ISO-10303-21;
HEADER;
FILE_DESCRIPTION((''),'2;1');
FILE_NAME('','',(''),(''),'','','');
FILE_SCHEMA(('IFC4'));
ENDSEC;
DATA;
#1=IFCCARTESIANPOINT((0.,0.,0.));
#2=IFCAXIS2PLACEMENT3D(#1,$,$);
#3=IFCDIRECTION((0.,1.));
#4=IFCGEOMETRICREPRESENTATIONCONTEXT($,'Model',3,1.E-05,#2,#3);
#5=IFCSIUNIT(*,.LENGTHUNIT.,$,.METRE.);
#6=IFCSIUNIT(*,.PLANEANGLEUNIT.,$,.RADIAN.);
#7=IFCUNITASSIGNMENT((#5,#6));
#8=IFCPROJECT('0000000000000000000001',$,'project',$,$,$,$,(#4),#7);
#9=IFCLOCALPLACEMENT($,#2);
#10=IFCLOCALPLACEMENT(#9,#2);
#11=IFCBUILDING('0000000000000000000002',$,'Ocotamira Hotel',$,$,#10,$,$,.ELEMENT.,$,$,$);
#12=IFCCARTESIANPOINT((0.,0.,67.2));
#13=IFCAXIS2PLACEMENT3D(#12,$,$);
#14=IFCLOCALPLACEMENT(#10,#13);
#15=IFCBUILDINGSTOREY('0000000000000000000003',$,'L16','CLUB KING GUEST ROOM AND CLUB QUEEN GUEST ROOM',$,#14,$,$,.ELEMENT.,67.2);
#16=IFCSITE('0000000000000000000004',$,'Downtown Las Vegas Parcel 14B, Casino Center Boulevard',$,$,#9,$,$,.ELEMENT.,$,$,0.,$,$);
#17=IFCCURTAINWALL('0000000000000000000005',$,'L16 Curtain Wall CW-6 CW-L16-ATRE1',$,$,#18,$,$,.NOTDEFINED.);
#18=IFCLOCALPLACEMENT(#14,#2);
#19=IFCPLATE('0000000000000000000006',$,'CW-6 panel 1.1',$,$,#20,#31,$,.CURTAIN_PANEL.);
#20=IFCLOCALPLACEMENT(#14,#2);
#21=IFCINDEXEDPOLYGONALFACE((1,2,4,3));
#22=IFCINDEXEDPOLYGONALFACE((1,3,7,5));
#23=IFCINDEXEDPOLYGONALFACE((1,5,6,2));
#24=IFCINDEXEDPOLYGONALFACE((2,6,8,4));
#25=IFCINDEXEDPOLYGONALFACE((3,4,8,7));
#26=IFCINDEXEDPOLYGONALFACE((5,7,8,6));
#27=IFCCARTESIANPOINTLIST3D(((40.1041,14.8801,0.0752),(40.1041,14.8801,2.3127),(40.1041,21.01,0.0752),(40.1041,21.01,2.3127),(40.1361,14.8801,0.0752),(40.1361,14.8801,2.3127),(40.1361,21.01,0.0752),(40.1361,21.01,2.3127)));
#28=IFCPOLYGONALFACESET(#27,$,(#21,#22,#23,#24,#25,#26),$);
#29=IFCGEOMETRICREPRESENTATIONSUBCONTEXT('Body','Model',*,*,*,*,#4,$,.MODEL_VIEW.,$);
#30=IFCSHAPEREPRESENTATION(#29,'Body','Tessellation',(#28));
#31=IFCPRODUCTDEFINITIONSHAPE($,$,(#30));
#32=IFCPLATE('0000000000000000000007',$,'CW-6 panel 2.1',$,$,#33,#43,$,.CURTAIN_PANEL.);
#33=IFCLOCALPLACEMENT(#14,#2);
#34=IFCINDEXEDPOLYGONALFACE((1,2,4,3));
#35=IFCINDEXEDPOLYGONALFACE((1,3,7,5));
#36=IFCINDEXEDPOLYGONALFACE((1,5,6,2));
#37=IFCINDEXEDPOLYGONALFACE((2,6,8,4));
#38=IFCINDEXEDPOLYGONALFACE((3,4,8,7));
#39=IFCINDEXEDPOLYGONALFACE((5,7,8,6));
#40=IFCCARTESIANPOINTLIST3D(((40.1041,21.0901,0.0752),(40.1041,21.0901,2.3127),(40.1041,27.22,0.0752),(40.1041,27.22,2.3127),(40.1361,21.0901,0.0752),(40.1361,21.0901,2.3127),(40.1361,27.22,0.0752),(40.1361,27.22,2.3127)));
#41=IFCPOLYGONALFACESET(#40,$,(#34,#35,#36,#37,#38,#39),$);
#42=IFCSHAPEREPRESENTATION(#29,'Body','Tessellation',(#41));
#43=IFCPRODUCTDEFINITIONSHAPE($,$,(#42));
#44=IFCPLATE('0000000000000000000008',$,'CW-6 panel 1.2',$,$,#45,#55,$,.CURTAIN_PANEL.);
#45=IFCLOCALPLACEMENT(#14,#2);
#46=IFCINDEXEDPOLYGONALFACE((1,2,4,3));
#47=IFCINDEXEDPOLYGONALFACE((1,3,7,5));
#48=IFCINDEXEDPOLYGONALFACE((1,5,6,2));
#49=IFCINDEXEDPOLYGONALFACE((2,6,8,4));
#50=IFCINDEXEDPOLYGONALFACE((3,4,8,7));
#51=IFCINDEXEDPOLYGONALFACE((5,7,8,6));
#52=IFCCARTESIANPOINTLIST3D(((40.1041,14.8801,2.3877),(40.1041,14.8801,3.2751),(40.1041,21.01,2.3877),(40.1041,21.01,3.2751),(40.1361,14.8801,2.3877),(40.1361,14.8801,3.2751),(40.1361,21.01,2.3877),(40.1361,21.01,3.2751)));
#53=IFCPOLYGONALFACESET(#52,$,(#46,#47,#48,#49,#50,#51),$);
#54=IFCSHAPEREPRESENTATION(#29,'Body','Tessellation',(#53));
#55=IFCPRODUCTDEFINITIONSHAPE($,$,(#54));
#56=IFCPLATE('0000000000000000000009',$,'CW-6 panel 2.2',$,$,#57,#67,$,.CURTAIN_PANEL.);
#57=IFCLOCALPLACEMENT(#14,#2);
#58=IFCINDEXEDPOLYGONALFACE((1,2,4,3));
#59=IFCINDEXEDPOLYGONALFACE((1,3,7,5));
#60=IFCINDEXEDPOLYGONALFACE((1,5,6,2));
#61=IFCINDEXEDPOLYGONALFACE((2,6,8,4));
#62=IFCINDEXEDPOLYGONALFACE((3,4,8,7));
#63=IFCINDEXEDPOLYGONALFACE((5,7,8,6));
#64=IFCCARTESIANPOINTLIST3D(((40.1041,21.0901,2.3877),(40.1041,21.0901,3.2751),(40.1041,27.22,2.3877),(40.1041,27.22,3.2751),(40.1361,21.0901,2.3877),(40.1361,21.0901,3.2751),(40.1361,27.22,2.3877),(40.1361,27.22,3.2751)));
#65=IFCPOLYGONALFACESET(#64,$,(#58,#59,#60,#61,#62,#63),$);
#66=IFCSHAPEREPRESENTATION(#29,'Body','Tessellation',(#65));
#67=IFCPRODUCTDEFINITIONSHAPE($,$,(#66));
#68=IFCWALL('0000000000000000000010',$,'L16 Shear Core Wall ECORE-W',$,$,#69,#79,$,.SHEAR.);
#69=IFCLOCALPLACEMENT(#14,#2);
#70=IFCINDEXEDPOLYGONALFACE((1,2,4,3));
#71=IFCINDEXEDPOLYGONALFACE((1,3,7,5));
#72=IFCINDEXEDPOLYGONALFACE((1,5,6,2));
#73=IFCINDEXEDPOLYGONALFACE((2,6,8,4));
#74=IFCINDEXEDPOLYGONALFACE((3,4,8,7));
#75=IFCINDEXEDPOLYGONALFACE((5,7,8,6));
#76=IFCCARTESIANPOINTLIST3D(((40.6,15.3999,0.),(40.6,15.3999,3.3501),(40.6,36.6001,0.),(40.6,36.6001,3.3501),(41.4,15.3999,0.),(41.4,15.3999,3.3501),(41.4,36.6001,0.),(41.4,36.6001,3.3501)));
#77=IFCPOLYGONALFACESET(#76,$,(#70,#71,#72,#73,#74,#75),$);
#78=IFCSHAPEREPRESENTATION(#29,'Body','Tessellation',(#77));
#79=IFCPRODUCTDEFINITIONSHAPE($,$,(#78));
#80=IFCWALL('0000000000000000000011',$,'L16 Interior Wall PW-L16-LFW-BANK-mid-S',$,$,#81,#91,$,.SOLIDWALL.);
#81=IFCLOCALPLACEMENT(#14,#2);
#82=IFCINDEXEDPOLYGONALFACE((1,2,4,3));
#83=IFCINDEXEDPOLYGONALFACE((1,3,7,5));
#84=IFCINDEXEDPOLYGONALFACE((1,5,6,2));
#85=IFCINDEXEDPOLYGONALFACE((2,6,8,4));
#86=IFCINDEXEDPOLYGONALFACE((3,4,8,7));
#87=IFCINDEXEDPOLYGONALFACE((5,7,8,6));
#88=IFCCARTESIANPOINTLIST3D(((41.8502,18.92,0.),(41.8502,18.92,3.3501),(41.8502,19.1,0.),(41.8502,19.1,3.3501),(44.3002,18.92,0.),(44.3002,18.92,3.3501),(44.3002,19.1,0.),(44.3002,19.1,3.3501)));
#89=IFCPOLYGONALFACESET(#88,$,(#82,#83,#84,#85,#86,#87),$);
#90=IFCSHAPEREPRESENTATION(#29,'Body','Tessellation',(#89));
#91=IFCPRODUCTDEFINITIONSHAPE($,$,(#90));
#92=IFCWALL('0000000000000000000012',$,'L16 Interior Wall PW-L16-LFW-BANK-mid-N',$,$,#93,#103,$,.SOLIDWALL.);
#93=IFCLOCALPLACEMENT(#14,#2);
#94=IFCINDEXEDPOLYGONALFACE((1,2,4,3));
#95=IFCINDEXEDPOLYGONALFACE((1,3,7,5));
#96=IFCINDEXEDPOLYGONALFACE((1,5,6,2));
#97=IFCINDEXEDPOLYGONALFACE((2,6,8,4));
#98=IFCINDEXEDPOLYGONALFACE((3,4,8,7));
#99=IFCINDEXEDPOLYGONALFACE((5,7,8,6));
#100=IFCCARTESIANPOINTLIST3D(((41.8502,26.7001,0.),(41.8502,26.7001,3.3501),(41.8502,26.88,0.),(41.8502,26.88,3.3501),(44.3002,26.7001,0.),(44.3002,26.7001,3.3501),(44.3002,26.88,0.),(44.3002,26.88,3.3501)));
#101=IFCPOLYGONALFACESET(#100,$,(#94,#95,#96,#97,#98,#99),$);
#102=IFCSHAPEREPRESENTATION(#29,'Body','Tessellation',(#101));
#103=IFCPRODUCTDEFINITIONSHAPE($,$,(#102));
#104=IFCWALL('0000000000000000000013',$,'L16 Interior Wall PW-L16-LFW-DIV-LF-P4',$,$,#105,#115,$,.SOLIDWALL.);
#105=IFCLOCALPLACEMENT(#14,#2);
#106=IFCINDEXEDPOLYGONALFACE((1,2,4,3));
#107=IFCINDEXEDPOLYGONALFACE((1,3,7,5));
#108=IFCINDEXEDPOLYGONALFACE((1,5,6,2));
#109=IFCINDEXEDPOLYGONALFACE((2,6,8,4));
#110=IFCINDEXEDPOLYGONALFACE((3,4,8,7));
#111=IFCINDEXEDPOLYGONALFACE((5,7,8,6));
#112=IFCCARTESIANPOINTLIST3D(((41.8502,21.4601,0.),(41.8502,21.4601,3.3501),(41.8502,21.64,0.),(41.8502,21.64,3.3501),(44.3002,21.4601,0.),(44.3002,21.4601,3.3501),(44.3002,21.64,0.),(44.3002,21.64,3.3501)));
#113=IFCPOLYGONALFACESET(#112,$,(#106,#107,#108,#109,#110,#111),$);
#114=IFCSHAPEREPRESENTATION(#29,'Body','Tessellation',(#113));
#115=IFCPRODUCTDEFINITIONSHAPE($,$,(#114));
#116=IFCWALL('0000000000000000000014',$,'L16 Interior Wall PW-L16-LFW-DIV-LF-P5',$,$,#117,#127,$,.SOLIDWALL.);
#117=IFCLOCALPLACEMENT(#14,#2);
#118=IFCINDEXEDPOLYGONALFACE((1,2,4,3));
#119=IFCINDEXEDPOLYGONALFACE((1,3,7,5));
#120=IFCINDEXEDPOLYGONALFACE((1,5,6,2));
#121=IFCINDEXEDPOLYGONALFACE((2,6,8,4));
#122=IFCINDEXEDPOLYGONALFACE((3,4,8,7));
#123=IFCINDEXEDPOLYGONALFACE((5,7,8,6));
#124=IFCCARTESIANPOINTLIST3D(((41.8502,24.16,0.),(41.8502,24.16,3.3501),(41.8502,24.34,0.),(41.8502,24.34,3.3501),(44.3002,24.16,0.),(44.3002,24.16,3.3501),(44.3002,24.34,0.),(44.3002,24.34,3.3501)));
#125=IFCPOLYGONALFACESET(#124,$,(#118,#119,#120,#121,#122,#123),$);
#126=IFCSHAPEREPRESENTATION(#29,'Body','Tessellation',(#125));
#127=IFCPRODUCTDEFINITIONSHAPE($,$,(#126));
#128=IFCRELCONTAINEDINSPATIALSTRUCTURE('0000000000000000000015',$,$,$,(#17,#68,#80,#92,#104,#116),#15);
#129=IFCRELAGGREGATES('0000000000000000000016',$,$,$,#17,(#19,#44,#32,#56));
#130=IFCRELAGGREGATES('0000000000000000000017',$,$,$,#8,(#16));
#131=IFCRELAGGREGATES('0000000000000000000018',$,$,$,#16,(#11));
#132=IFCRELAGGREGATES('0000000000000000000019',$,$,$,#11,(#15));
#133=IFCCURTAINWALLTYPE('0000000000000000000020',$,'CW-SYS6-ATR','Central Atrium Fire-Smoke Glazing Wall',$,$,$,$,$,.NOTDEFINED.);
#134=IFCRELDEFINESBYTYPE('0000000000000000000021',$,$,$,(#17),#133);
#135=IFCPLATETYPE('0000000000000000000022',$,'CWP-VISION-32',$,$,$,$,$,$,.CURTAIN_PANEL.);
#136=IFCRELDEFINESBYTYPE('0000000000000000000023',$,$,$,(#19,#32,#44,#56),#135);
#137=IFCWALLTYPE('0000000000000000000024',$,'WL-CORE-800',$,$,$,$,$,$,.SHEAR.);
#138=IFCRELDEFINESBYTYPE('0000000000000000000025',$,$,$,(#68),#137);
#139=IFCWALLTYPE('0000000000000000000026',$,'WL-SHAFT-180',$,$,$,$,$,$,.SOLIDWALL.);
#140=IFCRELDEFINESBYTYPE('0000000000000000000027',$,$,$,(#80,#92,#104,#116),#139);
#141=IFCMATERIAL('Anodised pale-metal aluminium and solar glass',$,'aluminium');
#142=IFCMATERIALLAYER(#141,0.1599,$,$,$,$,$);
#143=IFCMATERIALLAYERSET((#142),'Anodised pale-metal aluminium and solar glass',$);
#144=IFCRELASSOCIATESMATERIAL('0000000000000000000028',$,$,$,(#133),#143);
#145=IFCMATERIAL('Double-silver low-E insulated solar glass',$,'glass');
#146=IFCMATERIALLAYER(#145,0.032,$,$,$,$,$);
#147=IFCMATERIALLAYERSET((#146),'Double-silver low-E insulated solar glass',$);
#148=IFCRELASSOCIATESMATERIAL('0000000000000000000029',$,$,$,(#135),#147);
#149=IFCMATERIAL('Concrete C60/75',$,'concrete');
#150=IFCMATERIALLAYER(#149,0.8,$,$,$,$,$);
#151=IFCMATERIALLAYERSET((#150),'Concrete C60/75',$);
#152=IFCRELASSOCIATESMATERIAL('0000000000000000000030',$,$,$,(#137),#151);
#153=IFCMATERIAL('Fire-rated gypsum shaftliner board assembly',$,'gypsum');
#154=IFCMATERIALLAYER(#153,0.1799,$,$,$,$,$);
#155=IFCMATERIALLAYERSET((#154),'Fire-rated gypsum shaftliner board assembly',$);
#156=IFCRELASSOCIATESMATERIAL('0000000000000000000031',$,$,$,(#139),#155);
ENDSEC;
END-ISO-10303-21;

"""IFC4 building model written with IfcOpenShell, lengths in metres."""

from ifc_helpers import new_model, si_unit, direction, frame, frame_2d, origin, origin_2d, place, context, subcontext, project, spatial, rectangle, extrude, source, transform, mapped, material, layer, layer_set, type_object, element, aggregate, save


model = new_model("IFC4")

# Units and contexts
model_context = context("Model", 3, precision=1e-05, world=origin(), true_north=direction((0.0, 1.0)))
body_context = subcontext(model_context, "Body", "Model", "MODEL_VIEW")
ifc_project = project(units=[si_unit("LENGTHUNIT", "METRE"), si_unit("PLANEANGLEUNIT", "RADIAN")], contexts=[model_context])

# Site, building, storey
site_placement = place(None, origin())
site = spatial("IfcSite", under=ifc_project, at=site_placement, Name="Downtown Las Vegas Parcel 14B, Casino Center Boulevard", CompositionType="ELEMENT", RefElevation=0.0)
building_placement = place(site_placement, origin())
building = spatial("IfcBuilding", under=site, at=building_placement, Name="Ocotamira Hotel", CompositionType="ELEMENT")
storey_placement = place(building_placement, frame((0.0, 0.0, 67.2)))
storey = spatial("IfcBuildingStorey", under=building, at=storey_placement, Name="L16", Description="CLUB KING GUEST ROOM AND CLUB QUEEN GUEST ROOM", CompositionType="ELEMENT", Elevation=67.2)

# Curtain wall, plates
ifc_material_1 = material(Name="Anodised pale-metal aluminium and solar glass", Category="aluminium")
ifc_layer_1 = layer(ifc_material_1, 0.1599)
ifc_layer_set_1 = layer_set([ifc_layer_1], Name="Anodised pale-metal aluminium and solar glass")
curtain_wall_type = type_object("IfcCurtainWallType", Name="CW-SYS6-ATR", Description="Central Atrium Fire-Smoke Glazing Wall", PredefinedType="NOTDEFINED", material=ifc_layer_set_1)
curtain_wall_placement = place(storey_placement, origin())
curtain_wall = element("IfcCurtainWall", 1, at=curtain_wall_placement, inside=storey, type_object=curtain_wall_type, Name="L16 Curtain Wall CW-6 CW-L16-ATRE1", PredefinedType="NOTDEFINED")
ifc_material_2 = material(Name="Double-silver low-E insulated solar glass", Category="glass")
ifc_layer_2 = layer(ifc_material_2, 0.032)
ifc_layer_set_2 = layer_set([ifc_layer_2], Name="Double-silver low-E insulated solar glass")
plate_type = type_object("IfcPlateType", Name="CWP-VISION-32", PredefinedType="CURTAIN_PANEL", material=ifc_layer_set_2)
shared_shape_1 = source(origin(), body_context, "Body", "SweptSolid", [
    extrude(rectangle(XDim=6.1299, YDim=0.032, at=origin_2d()), origin(), (0.0, 0.0, 1.0), 2.2375),
])
plate_1_placement = place(storey_placement, frame((40.1201, 17.9451, 0.0752), z_axis=(0.0, 0.0, 1.0), x_axis=(0.0, 1.0, 0.0)))
plate_1 = element("IfcPlate", 2, at=plate_1_placement, type_object=plate_type, Name="CW-6 panel 1.1", PredefinedType="CURTAIN_PANEL", context=body_context, shape_type="MappedRepresentation", body=[
    mapped(shared_shape_1, transform((0.0, 0.0, 0.0), scale=1.0)),
])
plate_2_placement = place(storey_placement, frame((40.1201, 24.155, 0.0752), z_axis=(0.0, 0.0, 1.0), x_axis=(0.0, 1.0, 0.0)))
plate_2 = element("IfcPlate", 3, at=plate_2_placement, type_object=plate_type, Name="CW-6 panel 2.1", PredefinedType="CURTAIN_PANEL", context=body_context, shape_type="MappedRepresentation", body=[
    mapped(shared_shape_1, transform((0.0, 0.0, 0.0), scale=1.0)),
])
shared_shape_2 = source(origin(), body_context, "Body", "SweptSolid", [
    extrude(rectangle(XDim=6.1299, YDim=0.032, at=origin_2d()), origin(), (0.0, 0.0, 1.0), 0.8875),
])
plate_3_placement = place(storey_placement, frame((40.1201, 17.9451, 2.3877), z_axis=(0.0, 0.0, 1.0), x_axis=(0.0, 1.0, 0.0)))
plate_3 = element("IfcPlate", 4, at=plate_3_placement, type_object=plate_type, Name="CW-6 panel 1.2", PredefinedType="CURTAIN_PANEL", context=body_context, shape_type="MappedRepresentation", body=[
    mapped(shared_shape_2, transform((0.0, 0.0, 0.0), scale=1.0)),
])
plate_4_placement = place(storey_placement, frame((40.1201, 24.155, 2.3877), z_axis=(0.0, 0.0, 1.0), x_axis=(0.0, 1.0, 0.0)))
plate_4 = element("IfcPlate", 5, at=plate_4_placement, type_object=plate_type, Name="CW-6 panel 2.2", PredefinedType="CURTAIN_PANEL", context=body_context, shape_type="MappedRepresentation", body=[
    mapped(shared_shape_2, transform((0.0, 0.0, 0.0), scale=1.0)),
])
aggregate(curtain_wall, [plate_1, plate_3, plate_2, plate_4])

# Shared definitions
ifc_material_3 = material(Name="Concrete C60/75", Category="concrete")
ifc_layer_3 = layer(ifc_material_3, 0.8)
ifc_layer_set_3 = layer_set([ifc_layer_3], Name="Concrete C60/75")
wall_type_1 = type_object("IfcWallType", Name="WL-CORE-800", PredefinedType="SHEAR", material=ifc_layer_set_3)

# Walls
wall_1_placement = place(storey_placement, frame((41.0, 15.3999, 0.0), z_axis=(0.0, 0.0, 1.0), x_axis=(0.0, 1.0, 0.0)))
element("IfcWall", 6, at=wall_1_placement, inside=storey, type_object=wall_type_1, Name="L16 Shear Core Wall ECORE-W", PredefinedType="SHEAR", context=body_context, shape_type="SweptSolid", body=[
    extrude(rectangle(XDim=21.2002, YDim=0.8, at=frame_2d((10.6001, 0.0))), origin(), (0.0, 0.0, 1.0), 3.3501),
])
ifc_material_4 = material(Name="Fire-rated gypsum shaftliner board assembly", Category="gypsum")
ifc_layer_4 = layer(ifc_material_4, 0.1799)
ifc_layer_set_4 = layer_set([ifc_layer_4], Name="Fire-rated gypsum shaftliner board assembly")
wall_type_2 = type_object("IfcWallType", Name="WL-SHAFT-180", PredefinedType="SOLIDWALL", material=ifc_layer_set_4)
for number, where, z_axis, x_axis, name in (
    (7, (41.8501, 19.01, 0.0), (0.0, 0.0, 1.0), (1.0, 0.0, 0.0), "L16 Interior Wall PW-L16-LFW-BANK-mid-S"),
    (8, (41.8501, 26.79, 0.0), (0.0, 0.0, 1.0), (1.0, 0.0, 0.0), "L16 Interior Wall PW-L16-LFW-BANK-mid-N"),
    (9, (41.8501, 21.55, 0.0), (0.0, 0.0, 1.0), (1.0, 0.0, 0.0), "L16 Interior Wall PW-L16-LFW-DIV-LF-P4"),
    (10, (41.8501, 24.25, 0.0), (0.0, 0.0, 1.0), (1.0, 0.0, 0.0), "L16 Interior Wall PW-L16-LFW-DIV-LF-P5"),
):
    element("IfcWall", number, at=place(storey_placement, frame(where, z_axis=z_axis, x_axis=x_axis)), inside=storey, type_object=wall_type_2, Name=name, PredefinedType="SOLIDWALL", context=body_context, shape_type="SweptSolid", body=[
        extrude(rectangle(XDim=2.45, YDim=0.1799, at=frame_2d((1.2251, 0.0))), origin(), (0.0, 0.0, 1.0), 3.3501),
    ])

save(model, "model.ifc")
